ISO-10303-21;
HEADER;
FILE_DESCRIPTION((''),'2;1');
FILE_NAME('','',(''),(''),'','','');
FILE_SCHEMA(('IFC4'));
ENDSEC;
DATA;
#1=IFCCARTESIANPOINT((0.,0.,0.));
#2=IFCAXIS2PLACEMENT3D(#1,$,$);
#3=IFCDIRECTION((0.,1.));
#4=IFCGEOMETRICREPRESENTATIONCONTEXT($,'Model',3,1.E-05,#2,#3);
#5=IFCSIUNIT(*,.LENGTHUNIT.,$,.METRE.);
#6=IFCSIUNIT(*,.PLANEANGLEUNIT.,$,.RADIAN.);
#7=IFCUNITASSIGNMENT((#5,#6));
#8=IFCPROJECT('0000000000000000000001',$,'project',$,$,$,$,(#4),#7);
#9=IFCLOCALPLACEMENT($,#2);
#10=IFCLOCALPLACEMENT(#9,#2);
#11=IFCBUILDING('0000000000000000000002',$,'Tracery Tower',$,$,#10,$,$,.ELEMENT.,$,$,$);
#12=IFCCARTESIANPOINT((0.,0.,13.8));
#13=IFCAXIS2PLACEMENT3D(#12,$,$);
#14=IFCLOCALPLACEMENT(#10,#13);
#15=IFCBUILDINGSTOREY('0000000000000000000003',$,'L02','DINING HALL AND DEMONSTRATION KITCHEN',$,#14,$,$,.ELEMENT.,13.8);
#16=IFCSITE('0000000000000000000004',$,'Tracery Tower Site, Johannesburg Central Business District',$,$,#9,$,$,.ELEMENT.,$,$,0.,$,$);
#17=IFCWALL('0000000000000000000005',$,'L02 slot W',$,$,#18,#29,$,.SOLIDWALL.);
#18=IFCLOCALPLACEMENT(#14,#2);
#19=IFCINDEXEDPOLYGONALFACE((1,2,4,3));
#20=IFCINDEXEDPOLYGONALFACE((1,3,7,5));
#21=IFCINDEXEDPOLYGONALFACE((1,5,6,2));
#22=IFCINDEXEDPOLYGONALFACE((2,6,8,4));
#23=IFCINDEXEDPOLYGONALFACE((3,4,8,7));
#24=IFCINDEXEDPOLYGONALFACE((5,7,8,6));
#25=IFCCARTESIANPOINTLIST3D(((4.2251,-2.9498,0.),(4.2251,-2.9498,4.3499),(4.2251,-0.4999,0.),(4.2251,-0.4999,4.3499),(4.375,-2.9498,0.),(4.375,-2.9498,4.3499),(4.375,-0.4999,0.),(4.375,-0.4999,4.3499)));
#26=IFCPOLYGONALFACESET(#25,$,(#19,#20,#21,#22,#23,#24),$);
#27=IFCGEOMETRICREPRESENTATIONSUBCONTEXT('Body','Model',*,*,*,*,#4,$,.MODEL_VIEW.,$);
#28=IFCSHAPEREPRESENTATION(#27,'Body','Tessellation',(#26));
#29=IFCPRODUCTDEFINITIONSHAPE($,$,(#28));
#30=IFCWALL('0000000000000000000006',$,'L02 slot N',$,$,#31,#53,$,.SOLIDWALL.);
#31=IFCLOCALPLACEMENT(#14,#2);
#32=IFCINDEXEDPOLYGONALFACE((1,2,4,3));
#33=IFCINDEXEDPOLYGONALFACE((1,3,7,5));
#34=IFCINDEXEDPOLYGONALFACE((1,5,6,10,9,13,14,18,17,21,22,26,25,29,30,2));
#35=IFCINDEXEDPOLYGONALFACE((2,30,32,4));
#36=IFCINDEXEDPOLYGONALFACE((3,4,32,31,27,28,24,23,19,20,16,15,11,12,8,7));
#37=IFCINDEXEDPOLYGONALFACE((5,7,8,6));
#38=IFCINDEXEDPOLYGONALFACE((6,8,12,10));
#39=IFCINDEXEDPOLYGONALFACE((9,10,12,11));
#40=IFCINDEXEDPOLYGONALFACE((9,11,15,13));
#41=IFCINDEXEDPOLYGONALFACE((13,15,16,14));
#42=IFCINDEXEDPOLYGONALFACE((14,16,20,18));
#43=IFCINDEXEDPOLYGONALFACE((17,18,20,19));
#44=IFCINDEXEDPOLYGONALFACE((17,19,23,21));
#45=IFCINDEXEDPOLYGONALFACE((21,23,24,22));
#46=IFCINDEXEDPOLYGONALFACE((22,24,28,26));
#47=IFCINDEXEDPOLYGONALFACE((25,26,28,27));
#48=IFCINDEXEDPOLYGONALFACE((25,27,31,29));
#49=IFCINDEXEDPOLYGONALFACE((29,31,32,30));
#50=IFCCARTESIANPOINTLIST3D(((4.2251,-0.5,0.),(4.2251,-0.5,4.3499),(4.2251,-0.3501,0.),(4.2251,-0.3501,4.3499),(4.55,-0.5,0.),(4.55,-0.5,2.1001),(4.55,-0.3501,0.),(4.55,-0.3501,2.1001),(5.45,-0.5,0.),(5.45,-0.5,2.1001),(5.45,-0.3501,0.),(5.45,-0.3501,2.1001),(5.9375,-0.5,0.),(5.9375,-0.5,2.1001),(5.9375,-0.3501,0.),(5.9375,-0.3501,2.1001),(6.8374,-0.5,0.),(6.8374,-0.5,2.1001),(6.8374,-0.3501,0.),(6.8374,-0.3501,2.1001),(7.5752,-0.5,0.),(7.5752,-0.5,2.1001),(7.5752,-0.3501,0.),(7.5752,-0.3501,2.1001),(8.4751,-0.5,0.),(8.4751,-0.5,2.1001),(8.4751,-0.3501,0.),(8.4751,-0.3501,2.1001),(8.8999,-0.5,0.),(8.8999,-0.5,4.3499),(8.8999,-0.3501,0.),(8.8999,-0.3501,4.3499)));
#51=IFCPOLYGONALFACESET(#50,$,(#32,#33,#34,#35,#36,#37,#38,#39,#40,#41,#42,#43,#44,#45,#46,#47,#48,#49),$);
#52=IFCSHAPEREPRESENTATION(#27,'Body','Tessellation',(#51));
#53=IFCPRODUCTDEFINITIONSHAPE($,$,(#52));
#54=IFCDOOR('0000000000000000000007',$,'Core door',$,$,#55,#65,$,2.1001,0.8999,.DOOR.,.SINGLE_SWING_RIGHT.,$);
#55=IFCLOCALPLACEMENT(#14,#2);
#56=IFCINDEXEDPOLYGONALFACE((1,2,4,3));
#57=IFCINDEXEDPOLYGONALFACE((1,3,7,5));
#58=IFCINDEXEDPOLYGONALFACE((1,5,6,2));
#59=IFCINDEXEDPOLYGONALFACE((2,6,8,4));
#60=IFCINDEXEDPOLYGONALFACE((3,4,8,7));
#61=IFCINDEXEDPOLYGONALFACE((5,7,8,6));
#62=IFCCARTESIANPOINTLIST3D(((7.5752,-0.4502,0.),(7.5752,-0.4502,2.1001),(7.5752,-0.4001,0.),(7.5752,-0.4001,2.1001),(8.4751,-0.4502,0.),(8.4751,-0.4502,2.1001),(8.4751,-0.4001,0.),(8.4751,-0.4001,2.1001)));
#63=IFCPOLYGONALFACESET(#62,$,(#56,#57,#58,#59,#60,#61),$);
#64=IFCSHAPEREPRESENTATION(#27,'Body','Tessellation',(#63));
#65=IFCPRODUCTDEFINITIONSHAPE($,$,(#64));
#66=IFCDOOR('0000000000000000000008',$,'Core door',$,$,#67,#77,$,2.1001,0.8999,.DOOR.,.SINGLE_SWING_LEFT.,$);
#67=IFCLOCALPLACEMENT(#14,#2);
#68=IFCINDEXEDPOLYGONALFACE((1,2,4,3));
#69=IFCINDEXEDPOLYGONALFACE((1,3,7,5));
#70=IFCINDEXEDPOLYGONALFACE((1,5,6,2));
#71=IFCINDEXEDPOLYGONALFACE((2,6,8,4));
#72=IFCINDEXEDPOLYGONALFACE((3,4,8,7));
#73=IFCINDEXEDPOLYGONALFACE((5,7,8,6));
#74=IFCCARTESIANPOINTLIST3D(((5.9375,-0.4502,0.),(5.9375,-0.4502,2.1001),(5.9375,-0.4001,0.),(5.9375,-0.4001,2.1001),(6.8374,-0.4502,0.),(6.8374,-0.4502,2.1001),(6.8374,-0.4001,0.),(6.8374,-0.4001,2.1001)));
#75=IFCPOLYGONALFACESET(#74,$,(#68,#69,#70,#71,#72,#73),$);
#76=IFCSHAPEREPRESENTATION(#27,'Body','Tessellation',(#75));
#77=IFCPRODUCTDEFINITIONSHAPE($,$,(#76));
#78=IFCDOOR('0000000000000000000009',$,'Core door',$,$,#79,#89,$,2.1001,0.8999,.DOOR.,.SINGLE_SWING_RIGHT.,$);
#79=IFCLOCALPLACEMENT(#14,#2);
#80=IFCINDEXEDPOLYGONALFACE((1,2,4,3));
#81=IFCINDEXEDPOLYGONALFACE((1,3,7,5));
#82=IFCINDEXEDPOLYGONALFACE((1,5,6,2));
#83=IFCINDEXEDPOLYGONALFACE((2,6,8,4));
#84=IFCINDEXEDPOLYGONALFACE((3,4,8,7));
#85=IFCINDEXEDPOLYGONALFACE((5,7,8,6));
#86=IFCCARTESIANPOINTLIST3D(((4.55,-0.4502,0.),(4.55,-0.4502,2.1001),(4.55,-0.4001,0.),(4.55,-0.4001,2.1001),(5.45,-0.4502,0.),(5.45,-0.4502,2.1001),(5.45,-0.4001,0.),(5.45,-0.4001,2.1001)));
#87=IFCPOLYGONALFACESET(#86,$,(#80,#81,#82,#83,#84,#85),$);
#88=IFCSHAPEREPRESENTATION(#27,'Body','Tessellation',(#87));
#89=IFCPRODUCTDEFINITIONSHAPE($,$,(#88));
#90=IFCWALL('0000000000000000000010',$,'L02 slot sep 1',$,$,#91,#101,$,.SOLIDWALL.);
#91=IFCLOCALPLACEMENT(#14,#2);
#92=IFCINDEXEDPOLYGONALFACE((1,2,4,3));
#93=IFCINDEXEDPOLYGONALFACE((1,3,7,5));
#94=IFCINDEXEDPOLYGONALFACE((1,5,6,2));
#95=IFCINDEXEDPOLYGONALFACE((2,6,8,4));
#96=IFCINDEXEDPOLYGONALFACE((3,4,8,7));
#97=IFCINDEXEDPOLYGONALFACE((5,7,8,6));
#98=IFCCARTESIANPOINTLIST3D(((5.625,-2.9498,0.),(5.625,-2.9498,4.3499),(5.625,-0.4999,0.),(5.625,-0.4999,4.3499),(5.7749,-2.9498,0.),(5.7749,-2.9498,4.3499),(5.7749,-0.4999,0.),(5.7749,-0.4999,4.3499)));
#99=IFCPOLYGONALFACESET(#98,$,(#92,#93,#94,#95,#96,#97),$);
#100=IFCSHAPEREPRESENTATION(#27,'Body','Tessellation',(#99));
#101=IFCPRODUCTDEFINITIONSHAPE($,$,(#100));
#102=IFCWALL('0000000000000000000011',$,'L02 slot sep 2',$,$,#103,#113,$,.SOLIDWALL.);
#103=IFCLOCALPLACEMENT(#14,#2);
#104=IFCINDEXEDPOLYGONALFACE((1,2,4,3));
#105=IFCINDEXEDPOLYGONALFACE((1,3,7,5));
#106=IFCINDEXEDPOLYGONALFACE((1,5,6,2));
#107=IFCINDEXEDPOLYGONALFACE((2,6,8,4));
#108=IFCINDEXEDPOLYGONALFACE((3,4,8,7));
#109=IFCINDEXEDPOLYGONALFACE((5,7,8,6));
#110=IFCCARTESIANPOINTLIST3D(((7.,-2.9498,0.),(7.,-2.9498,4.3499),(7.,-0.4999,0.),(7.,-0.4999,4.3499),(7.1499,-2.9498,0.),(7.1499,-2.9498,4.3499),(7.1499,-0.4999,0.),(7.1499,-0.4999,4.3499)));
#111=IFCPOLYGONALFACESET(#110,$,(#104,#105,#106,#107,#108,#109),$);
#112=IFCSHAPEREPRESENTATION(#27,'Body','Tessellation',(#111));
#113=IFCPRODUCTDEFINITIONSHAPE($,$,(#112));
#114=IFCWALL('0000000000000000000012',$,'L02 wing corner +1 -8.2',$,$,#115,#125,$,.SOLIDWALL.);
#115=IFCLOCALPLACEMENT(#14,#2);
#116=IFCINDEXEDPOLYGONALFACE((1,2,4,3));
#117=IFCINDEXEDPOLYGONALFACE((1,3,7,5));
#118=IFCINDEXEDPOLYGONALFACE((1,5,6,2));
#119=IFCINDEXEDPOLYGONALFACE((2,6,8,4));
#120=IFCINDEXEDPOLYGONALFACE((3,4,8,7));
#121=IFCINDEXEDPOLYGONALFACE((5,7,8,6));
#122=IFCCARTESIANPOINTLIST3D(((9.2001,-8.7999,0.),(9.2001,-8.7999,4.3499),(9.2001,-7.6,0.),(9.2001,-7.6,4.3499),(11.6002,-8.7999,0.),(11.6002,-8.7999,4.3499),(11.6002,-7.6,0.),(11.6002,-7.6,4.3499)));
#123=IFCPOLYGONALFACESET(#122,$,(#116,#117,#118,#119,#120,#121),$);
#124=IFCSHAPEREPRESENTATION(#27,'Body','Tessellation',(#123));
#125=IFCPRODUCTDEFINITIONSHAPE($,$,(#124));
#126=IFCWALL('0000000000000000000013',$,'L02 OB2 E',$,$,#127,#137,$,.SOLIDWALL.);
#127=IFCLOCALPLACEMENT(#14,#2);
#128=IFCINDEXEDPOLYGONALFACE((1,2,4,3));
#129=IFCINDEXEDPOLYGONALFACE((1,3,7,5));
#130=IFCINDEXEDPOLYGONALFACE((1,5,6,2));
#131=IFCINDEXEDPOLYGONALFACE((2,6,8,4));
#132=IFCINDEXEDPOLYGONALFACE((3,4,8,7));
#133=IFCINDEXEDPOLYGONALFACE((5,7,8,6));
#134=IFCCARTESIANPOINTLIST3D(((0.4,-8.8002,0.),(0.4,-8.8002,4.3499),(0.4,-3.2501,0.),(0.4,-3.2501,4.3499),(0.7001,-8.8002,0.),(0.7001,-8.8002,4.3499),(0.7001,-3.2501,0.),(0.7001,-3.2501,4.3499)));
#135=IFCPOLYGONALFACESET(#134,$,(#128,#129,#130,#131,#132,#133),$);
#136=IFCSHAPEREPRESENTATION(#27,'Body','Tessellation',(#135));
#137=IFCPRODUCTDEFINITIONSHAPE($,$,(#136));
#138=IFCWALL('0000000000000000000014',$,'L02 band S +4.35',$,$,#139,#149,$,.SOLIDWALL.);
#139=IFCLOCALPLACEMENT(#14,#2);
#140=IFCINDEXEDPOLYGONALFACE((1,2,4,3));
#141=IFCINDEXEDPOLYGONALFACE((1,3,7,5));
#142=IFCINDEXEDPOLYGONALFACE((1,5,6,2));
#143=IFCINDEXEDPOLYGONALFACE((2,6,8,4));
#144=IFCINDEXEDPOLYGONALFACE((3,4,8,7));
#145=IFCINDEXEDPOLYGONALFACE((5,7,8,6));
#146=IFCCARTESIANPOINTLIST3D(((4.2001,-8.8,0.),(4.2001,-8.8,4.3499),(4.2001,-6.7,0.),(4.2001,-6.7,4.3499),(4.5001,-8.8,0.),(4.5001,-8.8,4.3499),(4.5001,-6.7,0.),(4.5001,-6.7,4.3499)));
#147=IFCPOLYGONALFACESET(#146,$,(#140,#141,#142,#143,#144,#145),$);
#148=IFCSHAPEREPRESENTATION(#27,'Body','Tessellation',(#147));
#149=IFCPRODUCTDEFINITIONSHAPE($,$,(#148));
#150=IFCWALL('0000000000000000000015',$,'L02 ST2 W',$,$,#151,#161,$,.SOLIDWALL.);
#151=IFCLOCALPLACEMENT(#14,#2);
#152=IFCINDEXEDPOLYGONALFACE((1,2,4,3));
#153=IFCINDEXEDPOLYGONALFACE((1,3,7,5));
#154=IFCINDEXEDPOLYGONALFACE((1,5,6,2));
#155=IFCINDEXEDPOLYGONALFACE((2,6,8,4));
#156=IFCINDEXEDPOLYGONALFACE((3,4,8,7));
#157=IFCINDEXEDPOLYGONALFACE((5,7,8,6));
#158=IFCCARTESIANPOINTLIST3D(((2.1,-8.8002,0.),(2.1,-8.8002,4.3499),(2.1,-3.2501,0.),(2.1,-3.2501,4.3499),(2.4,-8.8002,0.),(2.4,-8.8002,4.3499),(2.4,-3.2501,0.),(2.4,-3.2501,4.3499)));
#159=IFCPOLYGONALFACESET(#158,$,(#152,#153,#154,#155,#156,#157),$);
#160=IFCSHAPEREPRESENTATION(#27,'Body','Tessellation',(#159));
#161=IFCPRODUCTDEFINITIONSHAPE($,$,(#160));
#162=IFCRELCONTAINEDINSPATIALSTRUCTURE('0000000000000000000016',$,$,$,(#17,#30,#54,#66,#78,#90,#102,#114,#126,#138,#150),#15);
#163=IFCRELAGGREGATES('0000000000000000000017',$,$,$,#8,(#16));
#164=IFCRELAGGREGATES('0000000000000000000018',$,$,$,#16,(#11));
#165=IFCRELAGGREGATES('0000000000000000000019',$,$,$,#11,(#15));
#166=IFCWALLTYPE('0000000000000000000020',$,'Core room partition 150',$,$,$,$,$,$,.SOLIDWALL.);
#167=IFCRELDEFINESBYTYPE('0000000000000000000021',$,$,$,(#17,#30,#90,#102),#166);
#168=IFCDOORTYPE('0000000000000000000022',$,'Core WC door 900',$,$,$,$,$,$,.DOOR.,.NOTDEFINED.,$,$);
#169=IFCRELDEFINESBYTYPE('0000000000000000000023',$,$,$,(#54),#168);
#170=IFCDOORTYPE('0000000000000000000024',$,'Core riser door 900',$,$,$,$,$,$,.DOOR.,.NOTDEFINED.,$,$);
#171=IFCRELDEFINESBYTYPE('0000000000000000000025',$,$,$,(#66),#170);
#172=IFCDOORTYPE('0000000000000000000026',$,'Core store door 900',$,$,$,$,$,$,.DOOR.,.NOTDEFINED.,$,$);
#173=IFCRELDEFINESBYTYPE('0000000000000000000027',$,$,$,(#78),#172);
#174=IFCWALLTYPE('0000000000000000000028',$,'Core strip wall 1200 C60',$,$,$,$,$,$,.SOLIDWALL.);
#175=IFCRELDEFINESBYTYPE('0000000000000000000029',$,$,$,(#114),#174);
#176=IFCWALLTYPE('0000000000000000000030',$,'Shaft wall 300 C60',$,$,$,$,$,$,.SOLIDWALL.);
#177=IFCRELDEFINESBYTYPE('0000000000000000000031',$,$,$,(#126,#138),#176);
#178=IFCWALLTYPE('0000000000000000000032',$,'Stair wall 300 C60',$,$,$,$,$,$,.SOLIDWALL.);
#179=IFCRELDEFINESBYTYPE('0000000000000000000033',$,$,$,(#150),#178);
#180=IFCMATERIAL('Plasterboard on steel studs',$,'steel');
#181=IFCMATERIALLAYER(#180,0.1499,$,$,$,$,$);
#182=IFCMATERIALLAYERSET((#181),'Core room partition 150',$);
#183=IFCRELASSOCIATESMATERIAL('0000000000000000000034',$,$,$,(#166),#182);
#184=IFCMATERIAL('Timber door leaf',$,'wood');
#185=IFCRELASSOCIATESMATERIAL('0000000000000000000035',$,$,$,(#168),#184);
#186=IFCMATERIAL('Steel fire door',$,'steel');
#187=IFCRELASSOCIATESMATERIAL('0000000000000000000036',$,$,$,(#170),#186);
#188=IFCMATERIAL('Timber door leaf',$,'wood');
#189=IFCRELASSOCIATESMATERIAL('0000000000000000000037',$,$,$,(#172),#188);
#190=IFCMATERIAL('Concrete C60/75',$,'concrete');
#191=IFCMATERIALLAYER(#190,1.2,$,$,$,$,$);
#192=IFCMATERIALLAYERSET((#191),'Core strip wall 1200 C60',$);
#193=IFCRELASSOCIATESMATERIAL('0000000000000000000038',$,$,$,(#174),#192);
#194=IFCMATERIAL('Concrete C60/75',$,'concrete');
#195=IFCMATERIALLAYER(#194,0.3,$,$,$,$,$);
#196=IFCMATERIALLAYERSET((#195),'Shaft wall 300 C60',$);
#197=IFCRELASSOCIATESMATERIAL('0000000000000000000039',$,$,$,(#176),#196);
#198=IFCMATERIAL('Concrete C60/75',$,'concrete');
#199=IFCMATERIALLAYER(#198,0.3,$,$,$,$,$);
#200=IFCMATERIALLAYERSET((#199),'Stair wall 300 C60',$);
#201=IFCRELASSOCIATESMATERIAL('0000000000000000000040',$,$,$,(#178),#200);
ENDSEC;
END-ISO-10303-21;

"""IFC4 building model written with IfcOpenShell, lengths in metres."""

from ifc_helpers import new_model, si_unit, direction, frame, frame_2d, origin, place, context, subcontext, project, spatial, rectangle, extrude, material, layer, layer_set, type_object, element, fill, save


model = new_model("IFC4")

# Units and contexts
model_context = context("Model", 3, precision=1e-05, world=origin(), true_north=direction((0.0, 1.0)))
body_context = subcontext(model_context, "Body", "Model", "MODEL_VIEW")
ifc_project = project(units=[si_unit("LENGTHUNIT", "METRE"), si_unit("PLANEANGLEUNIT", "RADIAN")], contexts=[model_context])

# Site, building, storey
site_placement = place(None, origin())
site = spatial("IfcSite", under=ifc_project, at=site_placement, Name="Tracery Tower Site, Johannesburg Central Business District", CompositionType="ELEMENT", RefElevation=0.0)
building_placement = place(site_placement, origin())
building = spatial("IfcBuilding", under=site, at=building_placement, Name="Tracery Tower", CompositionType="ELEMENT")
storey_placement = place(building_placement, frame((0.0, 0.0, 13.8)))
storey = spatial("IfcBuildingStorey", under=building, at=storey_placement, Name="L02", Description="DINING HALL AND DEMONSTRATION KITCHEN", CompositionType="ELEMENT", Elevation=13.8)

# Wall
ifc_material_1 = material(Name="Plasterboard on steel studs", Category="steel")
ifc_layer_1 = layer(ifc_material_1, 0.1499)
ifc_layer_set_1 = layer_set([ifc_layer_1], Name="Core room partition 150")
wall_type_1 = type_object("IfcWallType", Name="Core room partition 150", PredefinedType="SOLIDWALL", material=ifc_layer_set_1)
wall_1_placement = place(storey_placement, frame((4.3, -2.95, 0.0), z_axis=(0.0, 0.0, 1.0), x_axis=(0.0, 1.0, 0.0)))
element("IfcWall", 1, at=wall_1_placement, inside=storey, type_object=wall_type_1, Name="L02 slot W", PredefinedType="SOLIDWALL", context=body_context, shape_type="SweptSolid", body=[
    extrude(rectangle(XDim=2.45, YDim=0.1499, at=frame_2d((1.2251, 0.0))), origin(), (0.0, 0.0, 1.0), 4.3499),
])

# Wall, openings, doors
wall_2_placement = place(storey_placement, frame((4.2251, -0.425, 0.0), z_axis=(0.0, 0.0, 1.0), x_axis=(1.0, 0.0, 0.0)))
wall_2 = element("IfcWall", 2, at=wall_2_placement, inside=storey, type_object=wall_type_1, Name="L02 slot N", PredefinedType="SOLIDWALL", context=body_context, shape_type="SweptSolid", body=[
    extrude(rectangle(XDim=4.6748, YDim=0.1499, at=frame_2d((2.3374, 0.0))), origin(), (0.0, 0.0, 1.0), 4.3499),
])
opening_1_placement = place(wall_2_placement, frame((0.325, 0.0, 0.0)))
opening_1 = element("IfcOpeningElement", 3, at=opening_1_placement, cuts=wall_2, PredefinedType="OPENING", context=body_context, shape_type="SweptSolid", body=[
    extrude(rectangle(XDim=0.8999, YDim=2.1001, at=frame_2d((0.45, 1.05))), frame((0.0, 0.075, 0.0), z_axis=(0.0, -1.0, 0.0), x_axis=(1.0, 0.0, 0.0)), (0.0, 0.0, 1.0), 0.1499),
])
opening_2_placement = place(wall_2_placement, frame((1.7124, 0.0, 0.0)))
opening_2 = element("IfcOpeningElement", 4, at=opening_2_placement, cuts=wall_2, PredefinedType="OPENING", context=body_context, shape_type="SweptSolid", body=[
    extrude(rectangle(XDim=0.8999, YDim=2.1001, at=frame_2d((0.45, 1.05))), frame((0.0, 0.075, 0.0), z_axis=(0.0, -1.0, 0.0), x_axis=(1.0, 0.0, 0.0)), (0.0, 0.0, 1.0), 0.1499),
])
opening_3_placement = place(wall_2_placement, frame((3.3501, 0.0, 0.0)))
opening_3 = element("IfcOpeningElement", 5, at=opening_3_placement, cuts=wall_2, PredefinedType="OPENING", context=body_context, shape_type="SweptSolid", body=[
    extrude(rectangle(XDim=0.8999, YDim=2.1001, at=frame_2d((0.45, 1.05))), frame((0.0, 0.075, 0.0), z_axis=(0.0, -1.0, 0.0), x_axis=(1.0, 0.0, 0.0)), (0.0, 0.0, 1.0), 0.1499),
])
ifc_material_2 = material(Name="Timber door leaf", Category="wood")
door_type_1 = type_object("IfcDoorType", Name="Core WC door 900", OperationType="NOTDEFINED", PredefinedType="DOOR", material=ifc_material_2)
door_1_placement = place(opening_3_placement, origin())
door_1 = element("IfcDoor", 6, at=door_1_placement, inside=storey, type_object=door_type_1, Name="Core door", OperationType="SINGLE_SWING_RIGHT", OverallHeight=2.1001, OverallWidth=0.8999, PredefinedType="DOOR", context=body_context, shape_type="SweptSolid", body=[
    extrude(rectangle(XDim=0.8999, YDim=2.1001, at=frame_2d((0.45, 1.05))), frame((0.0, 0.0249, 0.0), z_axis=(0.0, -1.0, 0.0), x_axis=(1.0, 0.0, 0.0)), (0.0, 0.0, 1.0), 0.05),
])
fill(opening_3, door_1)
ifc_material_3 = material(Name="Steel fire door", Category="steel")
door_type_2 = type_object("IfcDoorType", Name="Core riser door 900", OperationType="NOTDEFINED", PredefinedType="DOOR", material=ifc_material_3)
door_2_placement = place(opening_2_placement, origin())
door_2 = element("IfcDoor", 7, at=door_2_placement, inside=storey, type_object=door_type_2, Name="Core door", OperationType="SINGLE_SWING_LEFT", OverallHeight=2.1001, OverallWidth=0.8999, PredefinedType="DOOR", context=body_context, shape_type="SweptSolid", body=[
    extrude(rectangle(XDim=0.8999, YDim=2.1001, at=frame_2d((0.45, 1.05))), frame((0.0, 0.0249, 0.0), z_axis=(0.0, -1.0, 0.0), x_axis=(1.0, 0.0, 0.0)), (0.0, 0.0, 1.0), 0.05),
])
fill(opening_2, door_2)
ifc_material_4 = material(Name="Timber door leaf", Category="wood")
door_type_3 = type_object("IfcDoorType", Name="Core store door 900", OperationType="NOTDEFINED", PredefinedType="DOOR", material=ifc_material_4)
door_3_placement = place(opening_1_placement, origin())
door_3 = element("IfcDoor", 8, at=door_3_placement, inside=storey, type_object=door_type_3, Name="Core door", OperationType="SINGLE_SWING_RIGHT", OverallHeight=2.1001, OverallWidth=0.8999, PredefinedType="DOOR", context=body_context, shape_type="SweptSolid", body=[
    extrude(rectangle(XDim=0.8999, YDim=2.1001, at=frame_2d((0.45, 1.05))), frame((0.0, 0.0249, 0.0), z_axis=(0.0, -1.0, 0.0), x_axis=(1.0, 0.0, 0.0)), (0.0, 0.0, 1.0), 0.05),
])
fill(opening_1, door_3)

# Walls
for number, where, z_axis, x_axis, name in (
    (9, (5.7, -2.95, 0.0), (0.0, 0.0, 1.0), (0.0, 1.0, 0.0), "L02 slot sep 1"),
    (10, (7.075, -2.95, 0.0), (0.0, 0.0, 1.0), (0.0, 1.0, 0.0), "L02 slot sep 2"),
):
    element("IfcWall", number, at=place(storey_placement, frame(where, z_axis=z_axis, x_axis=x_axis)), inside=storey, type_object=wall_type_1, Name=name, PredefinedType="SOLIDWALL", context=body_context, shape_type="SweptSolid", body=[
        extrude(rectangle(XDim=2.45, YDim=0.1499, at=frame_2d((1.2251, 0.0))), origin(), (0.0, 0.0, 1.0), 4.3499),
    ])
ifc_material_5 = material(Name="Concrete C60/75", Category="concrete")
ifc_layer_2 = layer(ifc_material_5, 1.2)
ifc_layer_set_2 = layer_set([ifc_layer_2], Name="Core strip wall 1200 C60")
wall_type_2 = type_object("IfcWallType", Name="Core strip wall 1200 C60", PredefinedType="SOLIDWALL", material=ifc_layer_set_2)
wall_3_placement = place(storey_placement, frame((9.2, -8.2, 0.0), z_axis=(0.0, 0.0, 1.0), x_axis=(1.0, 0.0, 0.0)))
element("IfcWall", 11, at=wall_3_placement, inside=storey, type_object=wall_type_2, Name="L02 wing corner +1 -8.2", PredefinedType="SOLIDWALL", context=body_context, shape_type="SweptSolid", body=[
    extrude(rectangle(XDim=2.4001, YDim=1.2, at=frame_2d((1.2002, 0.0))), origin(), (0.0, 0.0, 1.0), 4.3499),
])
ifc_material_6 = material(Name="Concrete C60/75", Category="concrete")
ifc_layer_3 = layer(ifc_material_6, 0.3)
ifc_layer_set_3 = layer_set([ifc_layer_3], Name="Shaft wall 300 C60")
wall_type_3 = type_object("IfcWallType", Name="Shaft wall 300 C60", PredefinedType="SOLIDWALL", material=ifc_layer_set_3)
wall_4_placement = place(storey_placement, frame((0.55, -8.8, 0.0), z_axis=(0.0, 0.0, 1.0), x_axis=(0.0, 1.0, 0.0)))
element("IfcWall", 12, at=wall_4_placement, inside=storey, type_object=wall_type_3, Name="L02 OB2 E", PredefinedType="SOLIDWALL", context=body_context, shape_type="SweptSolid", body=[
    extrude(rectangle(XDim=5.55, YDim=0.3, at=frame_2d((2.7749, 0.0))), origin(), (0.0, 0.0, 1.0), 4.3499),
])
wall_5_placement = place(storey_placement, frame((4.3501, -8.8, 0.0), z_axis=(0.0, 0.0, 1.0), x_axis=(0.0, 1.0, 0.0)))
element("IfcWall", 13, at=wall_5_placement, inside=storey, type_object=wall_type_3, Name="L02 band S +4.35", PredefinedType="SOLIDWALL", context=body_context, shape_type="SweptSolid", body=[
    extrude(rectangle(XDim=2.1001, YDim=0.3, at=frame_2d((1.05, 0.0))), origin(), (0.0, 0.0, 1.0), 4.3499),
])

# Shared definitions
ifc_material_7 = material(Name="Concrete C60/75", Category="concrete")
ifc_layer_4 = layer(ifc_material_7, 0.3)
ifc_layer_set_4 = layer_set([ifc_layer_4], Name="Stair wall 300 C60")
wall_type_4 = type_object("IfcWallType", Name="Stair wall 300 C60", PredefinedType="SOLIDWALL", material=ifc_layer_set_4)

# Wall
wall_6_placement = place(storey_placement, frame((2.25, -8.8, 0.0), z_axis=(0.0, 0.0, 1.0), x_axis=(0.0, 1.0, 0.0)))
element("IfcWall", 14, at=wall_6_placement, inside=storey, type_object=wall_type_4, Name="L02 ST2 W", PredefinedType="SOLIDWALL", context=body_context, shape_type="SweptSolid", body=[
    extrude(rectangle(XDim=5.55, YDim=0.3, at=frame_2d((2.7749, 0.0))), origin(), (0.0, 0.0, 1.0), 4.3499),
])

save(model, "model.ifc")
